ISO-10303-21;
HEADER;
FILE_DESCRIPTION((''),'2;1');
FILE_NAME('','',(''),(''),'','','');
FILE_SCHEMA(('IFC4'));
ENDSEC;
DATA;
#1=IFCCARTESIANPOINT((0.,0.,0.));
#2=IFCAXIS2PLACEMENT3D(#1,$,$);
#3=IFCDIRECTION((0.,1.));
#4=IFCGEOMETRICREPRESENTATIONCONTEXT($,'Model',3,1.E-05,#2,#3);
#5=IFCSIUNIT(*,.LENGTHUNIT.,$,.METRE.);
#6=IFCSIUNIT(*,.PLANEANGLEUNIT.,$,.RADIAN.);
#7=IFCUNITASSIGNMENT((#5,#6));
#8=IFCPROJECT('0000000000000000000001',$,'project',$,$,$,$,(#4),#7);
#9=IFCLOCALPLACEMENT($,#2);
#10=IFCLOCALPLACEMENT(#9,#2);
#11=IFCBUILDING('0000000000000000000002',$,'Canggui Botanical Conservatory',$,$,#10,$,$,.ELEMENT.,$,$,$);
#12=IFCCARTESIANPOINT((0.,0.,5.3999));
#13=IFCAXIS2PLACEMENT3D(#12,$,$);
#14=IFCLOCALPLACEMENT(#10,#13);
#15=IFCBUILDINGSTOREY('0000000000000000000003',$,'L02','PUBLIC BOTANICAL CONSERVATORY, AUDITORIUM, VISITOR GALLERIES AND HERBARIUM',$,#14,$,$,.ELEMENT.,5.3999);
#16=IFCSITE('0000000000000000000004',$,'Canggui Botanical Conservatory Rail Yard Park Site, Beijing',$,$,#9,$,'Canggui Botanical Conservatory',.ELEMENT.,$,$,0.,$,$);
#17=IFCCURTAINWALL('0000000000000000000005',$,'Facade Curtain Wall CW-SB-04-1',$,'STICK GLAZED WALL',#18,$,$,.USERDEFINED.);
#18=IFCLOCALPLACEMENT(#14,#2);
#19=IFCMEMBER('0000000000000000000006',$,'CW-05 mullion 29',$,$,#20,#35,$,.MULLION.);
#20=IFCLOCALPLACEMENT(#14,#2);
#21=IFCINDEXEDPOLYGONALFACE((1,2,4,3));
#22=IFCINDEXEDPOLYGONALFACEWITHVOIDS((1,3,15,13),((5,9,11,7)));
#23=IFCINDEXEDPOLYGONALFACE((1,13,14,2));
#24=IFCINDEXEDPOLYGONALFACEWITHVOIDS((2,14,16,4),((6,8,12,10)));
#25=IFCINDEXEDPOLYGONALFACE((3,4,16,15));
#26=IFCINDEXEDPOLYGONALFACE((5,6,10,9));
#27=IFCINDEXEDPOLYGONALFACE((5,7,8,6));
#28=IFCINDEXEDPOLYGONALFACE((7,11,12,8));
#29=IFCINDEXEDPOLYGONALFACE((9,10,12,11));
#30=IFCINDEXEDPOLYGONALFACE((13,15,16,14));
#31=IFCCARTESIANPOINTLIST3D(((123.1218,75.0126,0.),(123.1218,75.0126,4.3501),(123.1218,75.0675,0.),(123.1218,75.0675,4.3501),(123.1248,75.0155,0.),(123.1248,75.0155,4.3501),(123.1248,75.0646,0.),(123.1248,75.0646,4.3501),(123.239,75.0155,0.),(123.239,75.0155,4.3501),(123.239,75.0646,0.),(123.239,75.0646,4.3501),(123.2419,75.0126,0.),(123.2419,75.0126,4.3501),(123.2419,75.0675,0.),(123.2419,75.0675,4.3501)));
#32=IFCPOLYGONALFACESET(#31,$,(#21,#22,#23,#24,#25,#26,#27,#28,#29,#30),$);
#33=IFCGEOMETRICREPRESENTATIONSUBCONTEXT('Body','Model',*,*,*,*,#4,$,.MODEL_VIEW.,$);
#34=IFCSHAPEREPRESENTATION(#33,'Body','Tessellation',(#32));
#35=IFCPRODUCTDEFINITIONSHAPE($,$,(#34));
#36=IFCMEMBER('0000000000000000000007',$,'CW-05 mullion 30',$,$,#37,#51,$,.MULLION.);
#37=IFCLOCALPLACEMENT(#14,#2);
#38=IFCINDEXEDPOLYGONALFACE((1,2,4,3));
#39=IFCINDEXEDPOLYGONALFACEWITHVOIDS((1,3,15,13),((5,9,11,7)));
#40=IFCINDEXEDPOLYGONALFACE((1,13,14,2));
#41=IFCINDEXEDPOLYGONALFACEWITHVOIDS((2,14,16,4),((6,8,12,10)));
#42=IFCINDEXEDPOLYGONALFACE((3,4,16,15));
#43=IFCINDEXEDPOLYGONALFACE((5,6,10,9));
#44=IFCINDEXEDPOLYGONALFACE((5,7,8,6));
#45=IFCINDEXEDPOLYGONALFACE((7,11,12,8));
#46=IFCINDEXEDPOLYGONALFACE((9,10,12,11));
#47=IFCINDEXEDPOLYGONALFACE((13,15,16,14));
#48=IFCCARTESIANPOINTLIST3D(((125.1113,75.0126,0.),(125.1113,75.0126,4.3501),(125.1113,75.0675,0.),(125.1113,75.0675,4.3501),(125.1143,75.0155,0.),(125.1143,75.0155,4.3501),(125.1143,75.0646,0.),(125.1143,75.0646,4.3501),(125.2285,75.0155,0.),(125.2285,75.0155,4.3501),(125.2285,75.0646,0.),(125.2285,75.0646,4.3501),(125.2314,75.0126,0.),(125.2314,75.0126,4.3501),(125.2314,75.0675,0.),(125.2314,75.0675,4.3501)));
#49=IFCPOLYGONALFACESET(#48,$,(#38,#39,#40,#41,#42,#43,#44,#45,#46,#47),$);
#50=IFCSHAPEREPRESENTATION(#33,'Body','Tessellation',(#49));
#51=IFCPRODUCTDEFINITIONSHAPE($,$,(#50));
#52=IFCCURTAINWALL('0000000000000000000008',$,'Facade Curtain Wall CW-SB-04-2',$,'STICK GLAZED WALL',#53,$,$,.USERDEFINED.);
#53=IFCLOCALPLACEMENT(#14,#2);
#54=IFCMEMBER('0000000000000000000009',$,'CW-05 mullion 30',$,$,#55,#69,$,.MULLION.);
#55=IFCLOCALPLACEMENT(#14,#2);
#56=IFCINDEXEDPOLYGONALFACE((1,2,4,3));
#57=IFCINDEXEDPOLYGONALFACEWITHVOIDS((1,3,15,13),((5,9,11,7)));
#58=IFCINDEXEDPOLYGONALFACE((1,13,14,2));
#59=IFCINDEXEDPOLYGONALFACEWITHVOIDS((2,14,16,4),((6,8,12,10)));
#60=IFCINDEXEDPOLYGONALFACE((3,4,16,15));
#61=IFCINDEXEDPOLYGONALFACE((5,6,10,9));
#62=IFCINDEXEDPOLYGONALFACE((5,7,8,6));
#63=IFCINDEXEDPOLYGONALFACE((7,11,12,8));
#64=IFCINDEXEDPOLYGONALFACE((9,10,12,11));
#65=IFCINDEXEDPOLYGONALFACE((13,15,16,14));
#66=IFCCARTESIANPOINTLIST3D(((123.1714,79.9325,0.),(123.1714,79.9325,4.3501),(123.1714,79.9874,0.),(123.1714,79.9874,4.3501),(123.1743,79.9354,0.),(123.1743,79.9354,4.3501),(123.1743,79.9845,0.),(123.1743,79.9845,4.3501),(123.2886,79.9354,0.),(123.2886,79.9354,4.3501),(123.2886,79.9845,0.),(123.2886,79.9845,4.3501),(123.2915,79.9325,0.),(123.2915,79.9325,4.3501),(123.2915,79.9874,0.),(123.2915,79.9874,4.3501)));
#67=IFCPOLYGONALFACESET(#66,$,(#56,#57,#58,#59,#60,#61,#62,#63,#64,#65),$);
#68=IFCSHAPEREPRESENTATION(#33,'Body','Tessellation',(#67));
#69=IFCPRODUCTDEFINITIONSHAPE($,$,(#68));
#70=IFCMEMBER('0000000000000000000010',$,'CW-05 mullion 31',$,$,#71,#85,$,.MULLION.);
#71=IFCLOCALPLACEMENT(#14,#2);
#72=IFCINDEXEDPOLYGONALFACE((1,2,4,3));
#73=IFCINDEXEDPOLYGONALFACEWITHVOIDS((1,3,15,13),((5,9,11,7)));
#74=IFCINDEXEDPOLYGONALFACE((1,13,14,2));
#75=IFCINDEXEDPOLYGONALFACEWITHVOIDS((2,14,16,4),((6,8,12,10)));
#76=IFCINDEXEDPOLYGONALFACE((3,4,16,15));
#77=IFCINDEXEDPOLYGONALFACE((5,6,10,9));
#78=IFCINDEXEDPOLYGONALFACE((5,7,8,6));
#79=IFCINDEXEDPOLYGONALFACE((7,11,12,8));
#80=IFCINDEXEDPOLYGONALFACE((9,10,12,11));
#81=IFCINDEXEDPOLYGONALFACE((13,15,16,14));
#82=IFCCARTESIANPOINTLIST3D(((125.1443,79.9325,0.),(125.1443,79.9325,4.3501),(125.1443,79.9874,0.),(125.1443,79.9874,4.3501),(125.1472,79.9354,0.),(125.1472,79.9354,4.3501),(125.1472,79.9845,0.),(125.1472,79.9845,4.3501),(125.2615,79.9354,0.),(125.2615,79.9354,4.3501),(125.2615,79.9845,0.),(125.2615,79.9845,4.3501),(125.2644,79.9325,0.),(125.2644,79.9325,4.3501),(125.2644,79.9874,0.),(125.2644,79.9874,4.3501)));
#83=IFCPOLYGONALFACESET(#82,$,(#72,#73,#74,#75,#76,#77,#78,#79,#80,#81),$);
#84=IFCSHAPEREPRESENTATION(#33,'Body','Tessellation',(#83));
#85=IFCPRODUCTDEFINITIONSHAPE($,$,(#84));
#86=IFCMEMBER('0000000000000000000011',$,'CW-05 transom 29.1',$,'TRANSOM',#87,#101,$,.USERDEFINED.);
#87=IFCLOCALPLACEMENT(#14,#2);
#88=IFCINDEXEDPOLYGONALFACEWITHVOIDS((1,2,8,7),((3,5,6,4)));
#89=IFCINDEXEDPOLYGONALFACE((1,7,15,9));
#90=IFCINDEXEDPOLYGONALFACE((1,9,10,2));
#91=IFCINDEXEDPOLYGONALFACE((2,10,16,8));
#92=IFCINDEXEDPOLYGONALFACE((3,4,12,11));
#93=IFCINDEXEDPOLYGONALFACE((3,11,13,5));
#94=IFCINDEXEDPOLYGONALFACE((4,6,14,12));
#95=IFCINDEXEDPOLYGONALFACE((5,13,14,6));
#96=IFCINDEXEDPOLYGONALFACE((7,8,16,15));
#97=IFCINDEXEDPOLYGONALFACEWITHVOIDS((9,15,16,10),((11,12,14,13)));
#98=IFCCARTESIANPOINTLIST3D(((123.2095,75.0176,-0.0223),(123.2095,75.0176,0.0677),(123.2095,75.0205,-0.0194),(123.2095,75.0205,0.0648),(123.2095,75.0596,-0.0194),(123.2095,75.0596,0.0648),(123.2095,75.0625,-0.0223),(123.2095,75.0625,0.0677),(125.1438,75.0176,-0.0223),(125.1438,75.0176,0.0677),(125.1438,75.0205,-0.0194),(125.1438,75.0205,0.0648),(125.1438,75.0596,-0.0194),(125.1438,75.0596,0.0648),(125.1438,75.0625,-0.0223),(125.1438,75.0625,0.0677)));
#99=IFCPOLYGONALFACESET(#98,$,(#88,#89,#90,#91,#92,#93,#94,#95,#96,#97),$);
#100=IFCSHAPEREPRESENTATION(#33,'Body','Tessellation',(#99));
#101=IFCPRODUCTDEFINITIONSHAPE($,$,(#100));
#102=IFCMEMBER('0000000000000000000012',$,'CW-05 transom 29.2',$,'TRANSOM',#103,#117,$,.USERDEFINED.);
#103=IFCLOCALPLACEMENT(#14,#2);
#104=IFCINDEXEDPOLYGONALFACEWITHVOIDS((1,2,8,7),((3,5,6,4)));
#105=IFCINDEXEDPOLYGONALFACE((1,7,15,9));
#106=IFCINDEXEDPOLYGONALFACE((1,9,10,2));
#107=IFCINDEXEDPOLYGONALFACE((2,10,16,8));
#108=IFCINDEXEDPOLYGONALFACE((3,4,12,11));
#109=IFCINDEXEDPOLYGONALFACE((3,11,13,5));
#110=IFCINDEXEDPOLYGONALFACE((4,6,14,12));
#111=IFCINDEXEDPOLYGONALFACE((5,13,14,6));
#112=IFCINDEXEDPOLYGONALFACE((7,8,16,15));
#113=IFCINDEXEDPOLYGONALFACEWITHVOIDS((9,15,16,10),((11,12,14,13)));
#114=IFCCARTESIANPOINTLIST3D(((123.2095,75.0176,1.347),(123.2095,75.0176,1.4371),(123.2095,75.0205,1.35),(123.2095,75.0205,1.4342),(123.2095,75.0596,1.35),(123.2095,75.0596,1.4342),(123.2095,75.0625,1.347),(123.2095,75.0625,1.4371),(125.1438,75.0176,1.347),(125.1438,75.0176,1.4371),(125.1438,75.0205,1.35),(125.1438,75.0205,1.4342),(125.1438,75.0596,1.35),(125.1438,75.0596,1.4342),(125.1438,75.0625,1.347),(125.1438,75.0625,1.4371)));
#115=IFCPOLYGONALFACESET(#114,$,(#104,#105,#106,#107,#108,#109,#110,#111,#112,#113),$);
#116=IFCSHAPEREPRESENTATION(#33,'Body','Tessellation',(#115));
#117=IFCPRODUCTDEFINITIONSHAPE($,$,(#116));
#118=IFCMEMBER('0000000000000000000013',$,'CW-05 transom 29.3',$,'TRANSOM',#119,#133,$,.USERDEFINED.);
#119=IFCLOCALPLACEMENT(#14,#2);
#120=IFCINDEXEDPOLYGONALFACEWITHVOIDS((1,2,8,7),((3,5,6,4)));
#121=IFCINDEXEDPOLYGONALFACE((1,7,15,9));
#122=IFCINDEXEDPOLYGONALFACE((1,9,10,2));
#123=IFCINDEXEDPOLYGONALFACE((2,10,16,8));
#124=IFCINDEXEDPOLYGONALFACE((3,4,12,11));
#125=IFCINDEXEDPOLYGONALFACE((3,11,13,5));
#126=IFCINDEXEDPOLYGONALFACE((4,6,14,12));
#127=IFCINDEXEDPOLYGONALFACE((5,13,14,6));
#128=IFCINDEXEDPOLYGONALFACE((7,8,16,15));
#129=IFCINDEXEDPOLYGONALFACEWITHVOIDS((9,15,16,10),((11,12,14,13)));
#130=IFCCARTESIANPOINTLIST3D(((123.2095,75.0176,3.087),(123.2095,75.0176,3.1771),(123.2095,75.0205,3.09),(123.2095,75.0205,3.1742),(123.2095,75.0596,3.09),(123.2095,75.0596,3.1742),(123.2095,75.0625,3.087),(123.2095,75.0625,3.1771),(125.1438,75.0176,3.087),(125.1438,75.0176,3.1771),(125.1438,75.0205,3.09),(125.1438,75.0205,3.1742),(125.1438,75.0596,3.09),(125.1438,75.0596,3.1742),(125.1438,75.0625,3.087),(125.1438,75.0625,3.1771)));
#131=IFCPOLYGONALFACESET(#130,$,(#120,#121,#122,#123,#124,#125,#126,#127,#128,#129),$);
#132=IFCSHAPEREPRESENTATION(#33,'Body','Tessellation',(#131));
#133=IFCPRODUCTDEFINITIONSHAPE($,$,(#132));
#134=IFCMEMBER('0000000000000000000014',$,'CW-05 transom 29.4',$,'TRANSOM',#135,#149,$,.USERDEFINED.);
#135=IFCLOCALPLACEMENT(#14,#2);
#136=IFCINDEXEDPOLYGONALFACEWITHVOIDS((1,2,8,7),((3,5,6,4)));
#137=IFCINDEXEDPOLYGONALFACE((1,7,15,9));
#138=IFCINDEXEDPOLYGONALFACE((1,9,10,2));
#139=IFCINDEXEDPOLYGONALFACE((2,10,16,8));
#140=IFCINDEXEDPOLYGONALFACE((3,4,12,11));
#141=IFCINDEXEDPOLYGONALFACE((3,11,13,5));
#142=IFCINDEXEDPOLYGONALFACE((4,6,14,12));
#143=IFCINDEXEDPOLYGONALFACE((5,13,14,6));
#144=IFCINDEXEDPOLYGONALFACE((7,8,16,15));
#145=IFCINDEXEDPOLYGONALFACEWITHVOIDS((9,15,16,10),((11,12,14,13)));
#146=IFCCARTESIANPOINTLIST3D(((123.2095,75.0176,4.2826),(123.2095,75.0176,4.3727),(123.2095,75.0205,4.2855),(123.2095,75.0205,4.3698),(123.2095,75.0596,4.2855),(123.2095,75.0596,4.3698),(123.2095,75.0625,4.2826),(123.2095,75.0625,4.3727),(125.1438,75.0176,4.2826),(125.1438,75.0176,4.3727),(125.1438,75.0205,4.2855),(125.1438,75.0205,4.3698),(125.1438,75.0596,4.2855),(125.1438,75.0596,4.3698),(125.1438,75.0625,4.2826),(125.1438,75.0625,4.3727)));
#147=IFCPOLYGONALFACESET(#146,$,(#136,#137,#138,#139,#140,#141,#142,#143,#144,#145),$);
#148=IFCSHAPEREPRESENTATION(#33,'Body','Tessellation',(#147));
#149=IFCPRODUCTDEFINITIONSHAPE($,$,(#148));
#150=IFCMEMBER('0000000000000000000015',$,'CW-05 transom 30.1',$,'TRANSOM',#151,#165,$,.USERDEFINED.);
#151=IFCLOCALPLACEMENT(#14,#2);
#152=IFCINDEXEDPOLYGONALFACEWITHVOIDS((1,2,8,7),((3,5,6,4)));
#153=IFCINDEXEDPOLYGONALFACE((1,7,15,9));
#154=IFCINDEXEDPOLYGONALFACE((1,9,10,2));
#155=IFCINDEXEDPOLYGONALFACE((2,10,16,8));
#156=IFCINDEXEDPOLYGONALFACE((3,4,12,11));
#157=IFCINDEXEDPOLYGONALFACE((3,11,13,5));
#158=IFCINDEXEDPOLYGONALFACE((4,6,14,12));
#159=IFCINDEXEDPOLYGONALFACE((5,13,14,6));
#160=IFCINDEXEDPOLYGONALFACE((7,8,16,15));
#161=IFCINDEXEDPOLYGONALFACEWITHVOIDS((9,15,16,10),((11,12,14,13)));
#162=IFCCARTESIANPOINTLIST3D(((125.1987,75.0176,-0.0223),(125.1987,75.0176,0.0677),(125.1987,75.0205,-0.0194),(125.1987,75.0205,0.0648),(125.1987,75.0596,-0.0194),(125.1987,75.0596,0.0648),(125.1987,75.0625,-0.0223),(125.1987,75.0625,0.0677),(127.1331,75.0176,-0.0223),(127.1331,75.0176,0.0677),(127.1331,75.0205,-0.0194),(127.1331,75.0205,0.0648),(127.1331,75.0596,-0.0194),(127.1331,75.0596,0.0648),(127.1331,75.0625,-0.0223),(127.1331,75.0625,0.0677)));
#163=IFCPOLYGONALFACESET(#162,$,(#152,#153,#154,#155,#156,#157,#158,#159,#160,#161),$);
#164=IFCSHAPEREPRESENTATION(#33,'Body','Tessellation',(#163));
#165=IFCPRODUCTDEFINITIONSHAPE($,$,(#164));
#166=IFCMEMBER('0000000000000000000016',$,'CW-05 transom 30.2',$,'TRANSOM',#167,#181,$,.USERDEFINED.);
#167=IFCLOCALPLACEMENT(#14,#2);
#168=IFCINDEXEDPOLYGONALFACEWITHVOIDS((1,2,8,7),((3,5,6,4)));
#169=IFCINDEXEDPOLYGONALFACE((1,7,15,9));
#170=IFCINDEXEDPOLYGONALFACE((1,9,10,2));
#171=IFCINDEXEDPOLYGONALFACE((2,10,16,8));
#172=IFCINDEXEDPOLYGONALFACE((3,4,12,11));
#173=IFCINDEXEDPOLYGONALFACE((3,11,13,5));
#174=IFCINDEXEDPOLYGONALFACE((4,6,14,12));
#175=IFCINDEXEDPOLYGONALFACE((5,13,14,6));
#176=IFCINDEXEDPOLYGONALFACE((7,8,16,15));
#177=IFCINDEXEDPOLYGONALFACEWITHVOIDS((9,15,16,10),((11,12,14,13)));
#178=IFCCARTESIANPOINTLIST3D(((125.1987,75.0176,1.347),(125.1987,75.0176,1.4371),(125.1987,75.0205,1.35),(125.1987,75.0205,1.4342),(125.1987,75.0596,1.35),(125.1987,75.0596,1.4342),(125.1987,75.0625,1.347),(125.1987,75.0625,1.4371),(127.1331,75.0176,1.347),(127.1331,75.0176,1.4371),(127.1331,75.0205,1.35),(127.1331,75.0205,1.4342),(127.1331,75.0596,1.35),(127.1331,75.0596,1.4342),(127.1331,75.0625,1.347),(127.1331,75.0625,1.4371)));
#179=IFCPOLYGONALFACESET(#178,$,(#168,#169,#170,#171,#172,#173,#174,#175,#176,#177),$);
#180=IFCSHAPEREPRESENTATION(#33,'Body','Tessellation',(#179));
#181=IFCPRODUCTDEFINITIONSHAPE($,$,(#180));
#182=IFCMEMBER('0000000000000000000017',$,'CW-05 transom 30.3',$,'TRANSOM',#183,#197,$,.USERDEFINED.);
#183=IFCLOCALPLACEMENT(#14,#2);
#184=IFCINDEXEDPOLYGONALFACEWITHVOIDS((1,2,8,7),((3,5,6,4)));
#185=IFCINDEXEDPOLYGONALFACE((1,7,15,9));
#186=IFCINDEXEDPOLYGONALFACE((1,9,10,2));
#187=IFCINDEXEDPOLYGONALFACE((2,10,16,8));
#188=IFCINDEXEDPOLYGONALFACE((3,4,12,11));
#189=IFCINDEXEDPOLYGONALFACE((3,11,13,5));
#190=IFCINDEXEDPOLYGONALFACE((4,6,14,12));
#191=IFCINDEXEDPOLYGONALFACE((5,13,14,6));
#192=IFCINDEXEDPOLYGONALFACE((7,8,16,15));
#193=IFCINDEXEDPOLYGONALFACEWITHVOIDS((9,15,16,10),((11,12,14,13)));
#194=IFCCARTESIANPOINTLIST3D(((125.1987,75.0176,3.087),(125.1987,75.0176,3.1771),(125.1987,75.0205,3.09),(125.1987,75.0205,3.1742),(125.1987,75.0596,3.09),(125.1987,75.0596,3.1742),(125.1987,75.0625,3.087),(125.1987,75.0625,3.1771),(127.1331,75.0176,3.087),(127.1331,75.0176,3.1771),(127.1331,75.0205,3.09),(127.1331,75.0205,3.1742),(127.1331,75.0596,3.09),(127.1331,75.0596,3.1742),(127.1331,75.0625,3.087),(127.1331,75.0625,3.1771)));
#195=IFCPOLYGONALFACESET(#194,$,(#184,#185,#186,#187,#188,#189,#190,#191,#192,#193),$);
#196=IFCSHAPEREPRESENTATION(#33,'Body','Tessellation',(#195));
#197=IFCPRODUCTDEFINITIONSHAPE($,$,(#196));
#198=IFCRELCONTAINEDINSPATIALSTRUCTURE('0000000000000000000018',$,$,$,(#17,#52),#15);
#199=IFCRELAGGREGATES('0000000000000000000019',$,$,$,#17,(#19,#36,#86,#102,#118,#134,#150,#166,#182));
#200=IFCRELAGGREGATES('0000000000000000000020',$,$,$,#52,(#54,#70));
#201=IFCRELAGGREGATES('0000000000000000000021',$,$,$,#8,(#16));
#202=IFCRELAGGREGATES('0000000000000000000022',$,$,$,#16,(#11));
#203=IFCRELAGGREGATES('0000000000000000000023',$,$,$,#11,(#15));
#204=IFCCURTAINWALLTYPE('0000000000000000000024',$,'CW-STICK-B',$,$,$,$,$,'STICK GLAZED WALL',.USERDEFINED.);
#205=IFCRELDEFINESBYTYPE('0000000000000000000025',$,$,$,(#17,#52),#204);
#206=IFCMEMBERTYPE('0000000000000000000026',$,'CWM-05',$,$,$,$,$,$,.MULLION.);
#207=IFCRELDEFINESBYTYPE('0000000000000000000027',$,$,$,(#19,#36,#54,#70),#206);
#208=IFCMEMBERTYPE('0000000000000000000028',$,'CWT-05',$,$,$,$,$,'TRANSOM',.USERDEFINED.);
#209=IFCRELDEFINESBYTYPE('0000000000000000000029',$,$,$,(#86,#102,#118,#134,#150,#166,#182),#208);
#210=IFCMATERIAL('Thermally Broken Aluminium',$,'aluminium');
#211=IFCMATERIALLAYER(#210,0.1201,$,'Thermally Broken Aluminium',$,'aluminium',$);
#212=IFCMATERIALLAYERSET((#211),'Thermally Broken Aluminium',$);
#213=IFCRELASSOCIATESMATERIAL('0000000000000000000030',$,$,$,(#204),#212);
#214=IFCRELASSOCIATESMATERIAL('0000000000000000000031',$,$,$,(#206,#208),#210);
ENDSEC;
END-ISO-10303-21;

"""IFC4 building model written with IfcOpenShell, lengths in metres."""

from ifc_helpers import new_model, si_unit, direction, frame, origin, origin_2d, place, context, subcontext, project, spatial, hollow_rectangle, extrude, material, layer, layer_set, material_profile, profile_set, type_object, element, aggregate, save


model = new_model("IFC4")

# Units and contexts
model_context = context("Model", 3, precision=1e-05, world=origin(), true_north=direction((0.0, 1.0)))
body_context = subcontext(model_context, "Body", "Model", "MODEL_VIEW")
ifc_project = project(units=[si_unit("LENGTHUNIT", "METRE"), si_unit("PLANEANGLEUNIT", "RADIAN")], contexts=[model_context])

# Site, building, storey
site_placement = place(None, origin())
site = spatial("IfcSite", under=ifc_project, at=site_placement, Name="Canggui Botanical Conservatory Rail Yard Park Site, Beijing", LongName="Canggui Botanical Conservatory", CompositionType="ELEMENT", RefElevation=0.0)
building_placement = place(site_placement, origin())
building = spatial("IfcBuilding", under=site, at=building_placement, Name="Canggui Botanical Conservatory", CompositionType="ELEMENT")
storey_placement = place(building_placement, frame((0.0, 0.0, 5.3999)))
storey = spatial("IfcBuildingStorey", under=building, at=storey_placement, Name="L02", Description="PUBLIC BOTANICAL CONSERVATORY, AUDITORIUM, VISITOR GALLERIES AND HERBARIUM", CompositionType="ELEMENT", Elevation=5.3999)

# Curtain walls, members
ifc_material_1 = material(Name="Thermally Broken Aluminium", Category="aluminium")
ifc_layer_1 = layer(ifc_material_1, 0.1201, Name="Thermally Broken Aluminium", Category="aluminium")
ifc_layer_set_1 = layer_set([ifc_layer_1], Name="Thermally Broken Aluminium")
curtain_wall_type = type_object("IfcCurtainWallType", Name="CW-STICK-B", ElementType="STICK GLAZED WALL", PredefinedType="USERDEFINED", material=ifc_layer_set_1)
curtain_wall_1_placement = place(storey_placement, origin())
curtain_wall_1 = element("IfcCurtainWall", 1, at=curtain_wall_1_placement, inside=storey, type_object=curtain_wall_type, Name="Facade Curtain Wall CW-SB-04-1", ObjectType="STICK GLAZED WALL", PredefinedType="USERDEFINED")
ifc_material_profile_1 = material_profile(ifc_material_1, hollow_rectangle(XDim=0.0549, YDim=0.1201, WallThickness=0.0029, at=origin_2d()), Name="CWM 55x120x3")
ifc_profile_set_1 = profile_set([ifc_material_profile_1], Name="Thermally Broken Aluminium")
member_type_1 = type_object("IfcMemberType", Name="CWM-05", PredefinedType="MULLION", material=ifc_profile_set_1)
member_1_placement = place(storey_placement, frame((123.1819, 75.04, 0.0), z_axis=(0.0, 0.0, 1.0), x_axis=(0.0, 1.0, 0.0)))
member_1 = element("IfcMember", 2, at=member_1_placement, type_object=member_type_1, Name="CW-05 mullion 29", PredefinedType="MULLION", context=body_context, shape_type="SweptSolid", body=[
    extrude(hollow_rectangle(XDim=0.0549, YDim=0.1201, WallThickness=0.0029, at=origin_2d()), origin(), (0.0, 0.0, 1.0), 4.3501),
])
member_2_placement = place(storey_placement, frame((125.1714, 75.04, 0.0), z_axis=(0.0, 0.0, 1.0), x_axis=(0.0, 1.0, 0.0)))
member_2 = element("IfcMember", 3, at=member_2_placement, type_object=member_type_1, Name="CW-05 mullion 30", PredefinedType="MULLION", context=body_context, shape_type="SweptSolid", body=[
    extrude(hollow_rectangle(XDim=0.0549, YDim=0.1201, WallThickness=0.0029, at=origin_2d()), origin(), (0.0, 0.0, 1.0), 4.3501),
])
curtain_wall_2_placement = place(storey_placement, origin())
curtain_wall_2 = element("IfcCurtainWall", 4, at=curtain_wall_2_placement, inside=storey, type_object=curtain_wall_type, Name="Facade Curtain Wall CW-SB-04-2", ObjectType="STICK GLAZED WALL", PredefinedType="USERDEFINED")
member_3_placement = place(storey_placement, frame((123.2314, 79.96, 0.0), z_axis=(0.0, 0.0, 1.0), x_axis=(0.0, 1.0, 0.0)))
member_3 = element("IfcMember", 5, at=member_3_placement, type_object=member_type_1, Name="CW-05 mullion 30", PredefinedType="MULLION", context=body_context, shape_type="SweptSolid", body=[
    extrude(hollow_rectangle(XDim=0.0549, YDim=0.1201, WallThickness=0.0029, at=origin_2d()), origin(), (0.0, 0.0, 1.0), 4.3501),
])
member_4_placement = place(storey_placement, frame((125.2043, 79.96, 0.0), z_axis=(0.0, 0.0, 1.0), x_axis=(0.0, 1.0, 0.0)))
member_4 = element("IfcMember", 6, at=member_4_placement, type_object=member_type_1, Name="CW-05 mullion 31", PredefinedType="MULLION", context=body_context, shape_type="SweptSolid", body=[
    extrude(hollow_rectangle(XDim=0.0549, YDim=0.1201, WallThickness=0.0029, at=origin_2d()), origin(), (0.0, 0.0, 1.0), 4.3501),
])

# Members
ifc_material_profile_2 = material_profile(ifc_material_1, hollow_rectangle(XDim=0.0449, YDim=0.0901, WallThickness=0.0029, at=origin_2d()), Name="CWT 45x90x3")
ifc_profile_set_2 = profile_set([ifc_material_profile_2], Name="Thermally Broken Aluminium")
member_type_2 = type_object("IfcMemberType", Name="CWT-05", ElementType="TRANSOM", PredefinedType="USERDEFINED", material=ifc_profile_set_2)
member_5_placement = place(storey_placement, frame((123.2095, 75.04, 0.0227), z_axis=(1.0, 0.0, 0.0), x_axis=(0.0, 1.0, 0.0)))
member_5 = element("IfcMember", 7, at=member_5_placement, type_object=member_type_2, Name="CW-05 transom 29.1", ObjectType="TRANSOM", PredefinedType="USERDEFINED", context=body_context, shape_type="SweptSolid", body=[
    extrude(hollow_rectangle(XDim=0.0449, YDim=0.0901, WallThickness=0.0029, at=origin_2d()), origin(), (0.0, 0.0, 1.0), 1.9343),
])
member_6_placement = place(storey_placement, frame((123.2095, 75.04, 1.3921), z_axis=(1.0, 0.0, 0.0), x_axis=(0.0, 1.0, 0.0)))
member_6 = element("IfcMember", 8, at=member_6_placement, type_object=member_type_2, Name="CW-05 transom 29.2", ObjectType="TRANSOM", PredefinedType="USERDEFINED", context=body_context, shape_type="SweptSolid", body=[
    extrude(hollow_rectangle(XDim=0.0449, YDim=0.0901, WallThickness=0.0029, at=origin_2d()), origin(), (0.0, 0.0, 1.0), 1.9343),
])
member_7_placement = place(storey_placement, frame((123.2095, 75.04, 3.1321), z_axis=(1.0, 0.0, 0.0), x_axis=(0.0, 1.0, 0.0)))
member_7 = element("IfcMember", 9, at=member_7_placement, type_object=member_type_2, Name="CW-05 transom 29.3", ObjectType="TRANSOM", PredefinedType="USERDEFINED", context=body_context, shape_type="SweptSolid", body=[
    extrude(hollow_rectangle(XDim=0.0449, YDim=0.0901, WallThickness=0.0029, at=origin_2d()), origin(), (0.0, 0.0, 1.0), 1.9343),
])
member_8_placement = place(storey_placement, frame((123.2095, 75.04, 4.3276), z_axis=(1.0, 0.0, 0.0), x_axis=(0.0, 1.0, 0.0)))
member_8 = element("IfcMember", 10, at=member_8_placement, type_object=member_type_2, Name="CW-05 transom 29.4", ObjectType="TRANSOM", PredefinedType="USERDEFINED", context=body_context, shape_type="SweptSolid", body=[
    extrude(hollow_rectangle(XDim=0.0449, YDim=0.0901, WallThickness=0.0029, at=origin_2d()), origin(), (0.0, 0.0, 1.0), 1.9343),
])
member_9_placement = place(storey_placement, frame((125.1987, 75.04, 0.0227), z_axis=(1.0, 0.0, 0.0), x_axis=(0.0, 1.0, 0.0)))
member_9 = element("IfcMember", 11, at=member_9_placement, type_object=member_type_2, Name="CW-05 transom 30.1", ObjectType="TRANSOM", PredefinedType="USERDEFINED", context=body_context, shape_type="SweptSolid", body=[
    extrude(hollow_rectangle(XDim=0.0449, YDim=0.0901, WallThickness=0.0029, at=origin_2d()), origin(), (0.0, 0.0, 1.0), 1.9343),
])
member_10_placement = place(storey_placement, frame((125.1987, 75.04, 1.3921), z_axis=(1.0, 0.0, 0.0), x_axis=(0.0, 1.0, 0.0)))
member_10 = element("IfcMember", 12, at=member_10_placement, type_object=member_type_2, Name="CW-05 transom 30.2", ObjectType="TRANSOM", PredefinedType="USERDEFINED", context=body_context, shape_type="SweptSolid", body=[
    extrude(hollow_rectangle(XDim=0.0449, YDim=0.0901, WallThickness=0.0029, at=origin_2d()), origin(), (0.0, 0.0, 1.0), 1.9343),
])
member_11_placement = place(storey_placement, frame((125.1987, 75.04, 3.1321), z_axis=(1.0, 0.0, 0.0), x_axis=(0.0, 1.0, 0.0)))
member_11 = element("IfcMember", 13, at=member_11_placement, type_object=member_type_2, Name="CW-05 transom 30.3", ObjectType="TRANSOM", PredefinedType="USERDEFINED", context=body_context, shape_type="SweptSolid", body=[
    extrude(hollow_rectangle(XDim=0.0449, YDim=0.0901, WallThickness=0.0029, at=origin_2d()), origin(), (0.0, 0.0, 1.0), 1.9343),
])

aggregate(curtain_wall_1, [member_1, member_2, member_5, member_6, member_7, member_8, member_9, member_10, member_11])
aggregate(curtain_wall_2, [member_3, member_4])

save(model, "model.ifc")
